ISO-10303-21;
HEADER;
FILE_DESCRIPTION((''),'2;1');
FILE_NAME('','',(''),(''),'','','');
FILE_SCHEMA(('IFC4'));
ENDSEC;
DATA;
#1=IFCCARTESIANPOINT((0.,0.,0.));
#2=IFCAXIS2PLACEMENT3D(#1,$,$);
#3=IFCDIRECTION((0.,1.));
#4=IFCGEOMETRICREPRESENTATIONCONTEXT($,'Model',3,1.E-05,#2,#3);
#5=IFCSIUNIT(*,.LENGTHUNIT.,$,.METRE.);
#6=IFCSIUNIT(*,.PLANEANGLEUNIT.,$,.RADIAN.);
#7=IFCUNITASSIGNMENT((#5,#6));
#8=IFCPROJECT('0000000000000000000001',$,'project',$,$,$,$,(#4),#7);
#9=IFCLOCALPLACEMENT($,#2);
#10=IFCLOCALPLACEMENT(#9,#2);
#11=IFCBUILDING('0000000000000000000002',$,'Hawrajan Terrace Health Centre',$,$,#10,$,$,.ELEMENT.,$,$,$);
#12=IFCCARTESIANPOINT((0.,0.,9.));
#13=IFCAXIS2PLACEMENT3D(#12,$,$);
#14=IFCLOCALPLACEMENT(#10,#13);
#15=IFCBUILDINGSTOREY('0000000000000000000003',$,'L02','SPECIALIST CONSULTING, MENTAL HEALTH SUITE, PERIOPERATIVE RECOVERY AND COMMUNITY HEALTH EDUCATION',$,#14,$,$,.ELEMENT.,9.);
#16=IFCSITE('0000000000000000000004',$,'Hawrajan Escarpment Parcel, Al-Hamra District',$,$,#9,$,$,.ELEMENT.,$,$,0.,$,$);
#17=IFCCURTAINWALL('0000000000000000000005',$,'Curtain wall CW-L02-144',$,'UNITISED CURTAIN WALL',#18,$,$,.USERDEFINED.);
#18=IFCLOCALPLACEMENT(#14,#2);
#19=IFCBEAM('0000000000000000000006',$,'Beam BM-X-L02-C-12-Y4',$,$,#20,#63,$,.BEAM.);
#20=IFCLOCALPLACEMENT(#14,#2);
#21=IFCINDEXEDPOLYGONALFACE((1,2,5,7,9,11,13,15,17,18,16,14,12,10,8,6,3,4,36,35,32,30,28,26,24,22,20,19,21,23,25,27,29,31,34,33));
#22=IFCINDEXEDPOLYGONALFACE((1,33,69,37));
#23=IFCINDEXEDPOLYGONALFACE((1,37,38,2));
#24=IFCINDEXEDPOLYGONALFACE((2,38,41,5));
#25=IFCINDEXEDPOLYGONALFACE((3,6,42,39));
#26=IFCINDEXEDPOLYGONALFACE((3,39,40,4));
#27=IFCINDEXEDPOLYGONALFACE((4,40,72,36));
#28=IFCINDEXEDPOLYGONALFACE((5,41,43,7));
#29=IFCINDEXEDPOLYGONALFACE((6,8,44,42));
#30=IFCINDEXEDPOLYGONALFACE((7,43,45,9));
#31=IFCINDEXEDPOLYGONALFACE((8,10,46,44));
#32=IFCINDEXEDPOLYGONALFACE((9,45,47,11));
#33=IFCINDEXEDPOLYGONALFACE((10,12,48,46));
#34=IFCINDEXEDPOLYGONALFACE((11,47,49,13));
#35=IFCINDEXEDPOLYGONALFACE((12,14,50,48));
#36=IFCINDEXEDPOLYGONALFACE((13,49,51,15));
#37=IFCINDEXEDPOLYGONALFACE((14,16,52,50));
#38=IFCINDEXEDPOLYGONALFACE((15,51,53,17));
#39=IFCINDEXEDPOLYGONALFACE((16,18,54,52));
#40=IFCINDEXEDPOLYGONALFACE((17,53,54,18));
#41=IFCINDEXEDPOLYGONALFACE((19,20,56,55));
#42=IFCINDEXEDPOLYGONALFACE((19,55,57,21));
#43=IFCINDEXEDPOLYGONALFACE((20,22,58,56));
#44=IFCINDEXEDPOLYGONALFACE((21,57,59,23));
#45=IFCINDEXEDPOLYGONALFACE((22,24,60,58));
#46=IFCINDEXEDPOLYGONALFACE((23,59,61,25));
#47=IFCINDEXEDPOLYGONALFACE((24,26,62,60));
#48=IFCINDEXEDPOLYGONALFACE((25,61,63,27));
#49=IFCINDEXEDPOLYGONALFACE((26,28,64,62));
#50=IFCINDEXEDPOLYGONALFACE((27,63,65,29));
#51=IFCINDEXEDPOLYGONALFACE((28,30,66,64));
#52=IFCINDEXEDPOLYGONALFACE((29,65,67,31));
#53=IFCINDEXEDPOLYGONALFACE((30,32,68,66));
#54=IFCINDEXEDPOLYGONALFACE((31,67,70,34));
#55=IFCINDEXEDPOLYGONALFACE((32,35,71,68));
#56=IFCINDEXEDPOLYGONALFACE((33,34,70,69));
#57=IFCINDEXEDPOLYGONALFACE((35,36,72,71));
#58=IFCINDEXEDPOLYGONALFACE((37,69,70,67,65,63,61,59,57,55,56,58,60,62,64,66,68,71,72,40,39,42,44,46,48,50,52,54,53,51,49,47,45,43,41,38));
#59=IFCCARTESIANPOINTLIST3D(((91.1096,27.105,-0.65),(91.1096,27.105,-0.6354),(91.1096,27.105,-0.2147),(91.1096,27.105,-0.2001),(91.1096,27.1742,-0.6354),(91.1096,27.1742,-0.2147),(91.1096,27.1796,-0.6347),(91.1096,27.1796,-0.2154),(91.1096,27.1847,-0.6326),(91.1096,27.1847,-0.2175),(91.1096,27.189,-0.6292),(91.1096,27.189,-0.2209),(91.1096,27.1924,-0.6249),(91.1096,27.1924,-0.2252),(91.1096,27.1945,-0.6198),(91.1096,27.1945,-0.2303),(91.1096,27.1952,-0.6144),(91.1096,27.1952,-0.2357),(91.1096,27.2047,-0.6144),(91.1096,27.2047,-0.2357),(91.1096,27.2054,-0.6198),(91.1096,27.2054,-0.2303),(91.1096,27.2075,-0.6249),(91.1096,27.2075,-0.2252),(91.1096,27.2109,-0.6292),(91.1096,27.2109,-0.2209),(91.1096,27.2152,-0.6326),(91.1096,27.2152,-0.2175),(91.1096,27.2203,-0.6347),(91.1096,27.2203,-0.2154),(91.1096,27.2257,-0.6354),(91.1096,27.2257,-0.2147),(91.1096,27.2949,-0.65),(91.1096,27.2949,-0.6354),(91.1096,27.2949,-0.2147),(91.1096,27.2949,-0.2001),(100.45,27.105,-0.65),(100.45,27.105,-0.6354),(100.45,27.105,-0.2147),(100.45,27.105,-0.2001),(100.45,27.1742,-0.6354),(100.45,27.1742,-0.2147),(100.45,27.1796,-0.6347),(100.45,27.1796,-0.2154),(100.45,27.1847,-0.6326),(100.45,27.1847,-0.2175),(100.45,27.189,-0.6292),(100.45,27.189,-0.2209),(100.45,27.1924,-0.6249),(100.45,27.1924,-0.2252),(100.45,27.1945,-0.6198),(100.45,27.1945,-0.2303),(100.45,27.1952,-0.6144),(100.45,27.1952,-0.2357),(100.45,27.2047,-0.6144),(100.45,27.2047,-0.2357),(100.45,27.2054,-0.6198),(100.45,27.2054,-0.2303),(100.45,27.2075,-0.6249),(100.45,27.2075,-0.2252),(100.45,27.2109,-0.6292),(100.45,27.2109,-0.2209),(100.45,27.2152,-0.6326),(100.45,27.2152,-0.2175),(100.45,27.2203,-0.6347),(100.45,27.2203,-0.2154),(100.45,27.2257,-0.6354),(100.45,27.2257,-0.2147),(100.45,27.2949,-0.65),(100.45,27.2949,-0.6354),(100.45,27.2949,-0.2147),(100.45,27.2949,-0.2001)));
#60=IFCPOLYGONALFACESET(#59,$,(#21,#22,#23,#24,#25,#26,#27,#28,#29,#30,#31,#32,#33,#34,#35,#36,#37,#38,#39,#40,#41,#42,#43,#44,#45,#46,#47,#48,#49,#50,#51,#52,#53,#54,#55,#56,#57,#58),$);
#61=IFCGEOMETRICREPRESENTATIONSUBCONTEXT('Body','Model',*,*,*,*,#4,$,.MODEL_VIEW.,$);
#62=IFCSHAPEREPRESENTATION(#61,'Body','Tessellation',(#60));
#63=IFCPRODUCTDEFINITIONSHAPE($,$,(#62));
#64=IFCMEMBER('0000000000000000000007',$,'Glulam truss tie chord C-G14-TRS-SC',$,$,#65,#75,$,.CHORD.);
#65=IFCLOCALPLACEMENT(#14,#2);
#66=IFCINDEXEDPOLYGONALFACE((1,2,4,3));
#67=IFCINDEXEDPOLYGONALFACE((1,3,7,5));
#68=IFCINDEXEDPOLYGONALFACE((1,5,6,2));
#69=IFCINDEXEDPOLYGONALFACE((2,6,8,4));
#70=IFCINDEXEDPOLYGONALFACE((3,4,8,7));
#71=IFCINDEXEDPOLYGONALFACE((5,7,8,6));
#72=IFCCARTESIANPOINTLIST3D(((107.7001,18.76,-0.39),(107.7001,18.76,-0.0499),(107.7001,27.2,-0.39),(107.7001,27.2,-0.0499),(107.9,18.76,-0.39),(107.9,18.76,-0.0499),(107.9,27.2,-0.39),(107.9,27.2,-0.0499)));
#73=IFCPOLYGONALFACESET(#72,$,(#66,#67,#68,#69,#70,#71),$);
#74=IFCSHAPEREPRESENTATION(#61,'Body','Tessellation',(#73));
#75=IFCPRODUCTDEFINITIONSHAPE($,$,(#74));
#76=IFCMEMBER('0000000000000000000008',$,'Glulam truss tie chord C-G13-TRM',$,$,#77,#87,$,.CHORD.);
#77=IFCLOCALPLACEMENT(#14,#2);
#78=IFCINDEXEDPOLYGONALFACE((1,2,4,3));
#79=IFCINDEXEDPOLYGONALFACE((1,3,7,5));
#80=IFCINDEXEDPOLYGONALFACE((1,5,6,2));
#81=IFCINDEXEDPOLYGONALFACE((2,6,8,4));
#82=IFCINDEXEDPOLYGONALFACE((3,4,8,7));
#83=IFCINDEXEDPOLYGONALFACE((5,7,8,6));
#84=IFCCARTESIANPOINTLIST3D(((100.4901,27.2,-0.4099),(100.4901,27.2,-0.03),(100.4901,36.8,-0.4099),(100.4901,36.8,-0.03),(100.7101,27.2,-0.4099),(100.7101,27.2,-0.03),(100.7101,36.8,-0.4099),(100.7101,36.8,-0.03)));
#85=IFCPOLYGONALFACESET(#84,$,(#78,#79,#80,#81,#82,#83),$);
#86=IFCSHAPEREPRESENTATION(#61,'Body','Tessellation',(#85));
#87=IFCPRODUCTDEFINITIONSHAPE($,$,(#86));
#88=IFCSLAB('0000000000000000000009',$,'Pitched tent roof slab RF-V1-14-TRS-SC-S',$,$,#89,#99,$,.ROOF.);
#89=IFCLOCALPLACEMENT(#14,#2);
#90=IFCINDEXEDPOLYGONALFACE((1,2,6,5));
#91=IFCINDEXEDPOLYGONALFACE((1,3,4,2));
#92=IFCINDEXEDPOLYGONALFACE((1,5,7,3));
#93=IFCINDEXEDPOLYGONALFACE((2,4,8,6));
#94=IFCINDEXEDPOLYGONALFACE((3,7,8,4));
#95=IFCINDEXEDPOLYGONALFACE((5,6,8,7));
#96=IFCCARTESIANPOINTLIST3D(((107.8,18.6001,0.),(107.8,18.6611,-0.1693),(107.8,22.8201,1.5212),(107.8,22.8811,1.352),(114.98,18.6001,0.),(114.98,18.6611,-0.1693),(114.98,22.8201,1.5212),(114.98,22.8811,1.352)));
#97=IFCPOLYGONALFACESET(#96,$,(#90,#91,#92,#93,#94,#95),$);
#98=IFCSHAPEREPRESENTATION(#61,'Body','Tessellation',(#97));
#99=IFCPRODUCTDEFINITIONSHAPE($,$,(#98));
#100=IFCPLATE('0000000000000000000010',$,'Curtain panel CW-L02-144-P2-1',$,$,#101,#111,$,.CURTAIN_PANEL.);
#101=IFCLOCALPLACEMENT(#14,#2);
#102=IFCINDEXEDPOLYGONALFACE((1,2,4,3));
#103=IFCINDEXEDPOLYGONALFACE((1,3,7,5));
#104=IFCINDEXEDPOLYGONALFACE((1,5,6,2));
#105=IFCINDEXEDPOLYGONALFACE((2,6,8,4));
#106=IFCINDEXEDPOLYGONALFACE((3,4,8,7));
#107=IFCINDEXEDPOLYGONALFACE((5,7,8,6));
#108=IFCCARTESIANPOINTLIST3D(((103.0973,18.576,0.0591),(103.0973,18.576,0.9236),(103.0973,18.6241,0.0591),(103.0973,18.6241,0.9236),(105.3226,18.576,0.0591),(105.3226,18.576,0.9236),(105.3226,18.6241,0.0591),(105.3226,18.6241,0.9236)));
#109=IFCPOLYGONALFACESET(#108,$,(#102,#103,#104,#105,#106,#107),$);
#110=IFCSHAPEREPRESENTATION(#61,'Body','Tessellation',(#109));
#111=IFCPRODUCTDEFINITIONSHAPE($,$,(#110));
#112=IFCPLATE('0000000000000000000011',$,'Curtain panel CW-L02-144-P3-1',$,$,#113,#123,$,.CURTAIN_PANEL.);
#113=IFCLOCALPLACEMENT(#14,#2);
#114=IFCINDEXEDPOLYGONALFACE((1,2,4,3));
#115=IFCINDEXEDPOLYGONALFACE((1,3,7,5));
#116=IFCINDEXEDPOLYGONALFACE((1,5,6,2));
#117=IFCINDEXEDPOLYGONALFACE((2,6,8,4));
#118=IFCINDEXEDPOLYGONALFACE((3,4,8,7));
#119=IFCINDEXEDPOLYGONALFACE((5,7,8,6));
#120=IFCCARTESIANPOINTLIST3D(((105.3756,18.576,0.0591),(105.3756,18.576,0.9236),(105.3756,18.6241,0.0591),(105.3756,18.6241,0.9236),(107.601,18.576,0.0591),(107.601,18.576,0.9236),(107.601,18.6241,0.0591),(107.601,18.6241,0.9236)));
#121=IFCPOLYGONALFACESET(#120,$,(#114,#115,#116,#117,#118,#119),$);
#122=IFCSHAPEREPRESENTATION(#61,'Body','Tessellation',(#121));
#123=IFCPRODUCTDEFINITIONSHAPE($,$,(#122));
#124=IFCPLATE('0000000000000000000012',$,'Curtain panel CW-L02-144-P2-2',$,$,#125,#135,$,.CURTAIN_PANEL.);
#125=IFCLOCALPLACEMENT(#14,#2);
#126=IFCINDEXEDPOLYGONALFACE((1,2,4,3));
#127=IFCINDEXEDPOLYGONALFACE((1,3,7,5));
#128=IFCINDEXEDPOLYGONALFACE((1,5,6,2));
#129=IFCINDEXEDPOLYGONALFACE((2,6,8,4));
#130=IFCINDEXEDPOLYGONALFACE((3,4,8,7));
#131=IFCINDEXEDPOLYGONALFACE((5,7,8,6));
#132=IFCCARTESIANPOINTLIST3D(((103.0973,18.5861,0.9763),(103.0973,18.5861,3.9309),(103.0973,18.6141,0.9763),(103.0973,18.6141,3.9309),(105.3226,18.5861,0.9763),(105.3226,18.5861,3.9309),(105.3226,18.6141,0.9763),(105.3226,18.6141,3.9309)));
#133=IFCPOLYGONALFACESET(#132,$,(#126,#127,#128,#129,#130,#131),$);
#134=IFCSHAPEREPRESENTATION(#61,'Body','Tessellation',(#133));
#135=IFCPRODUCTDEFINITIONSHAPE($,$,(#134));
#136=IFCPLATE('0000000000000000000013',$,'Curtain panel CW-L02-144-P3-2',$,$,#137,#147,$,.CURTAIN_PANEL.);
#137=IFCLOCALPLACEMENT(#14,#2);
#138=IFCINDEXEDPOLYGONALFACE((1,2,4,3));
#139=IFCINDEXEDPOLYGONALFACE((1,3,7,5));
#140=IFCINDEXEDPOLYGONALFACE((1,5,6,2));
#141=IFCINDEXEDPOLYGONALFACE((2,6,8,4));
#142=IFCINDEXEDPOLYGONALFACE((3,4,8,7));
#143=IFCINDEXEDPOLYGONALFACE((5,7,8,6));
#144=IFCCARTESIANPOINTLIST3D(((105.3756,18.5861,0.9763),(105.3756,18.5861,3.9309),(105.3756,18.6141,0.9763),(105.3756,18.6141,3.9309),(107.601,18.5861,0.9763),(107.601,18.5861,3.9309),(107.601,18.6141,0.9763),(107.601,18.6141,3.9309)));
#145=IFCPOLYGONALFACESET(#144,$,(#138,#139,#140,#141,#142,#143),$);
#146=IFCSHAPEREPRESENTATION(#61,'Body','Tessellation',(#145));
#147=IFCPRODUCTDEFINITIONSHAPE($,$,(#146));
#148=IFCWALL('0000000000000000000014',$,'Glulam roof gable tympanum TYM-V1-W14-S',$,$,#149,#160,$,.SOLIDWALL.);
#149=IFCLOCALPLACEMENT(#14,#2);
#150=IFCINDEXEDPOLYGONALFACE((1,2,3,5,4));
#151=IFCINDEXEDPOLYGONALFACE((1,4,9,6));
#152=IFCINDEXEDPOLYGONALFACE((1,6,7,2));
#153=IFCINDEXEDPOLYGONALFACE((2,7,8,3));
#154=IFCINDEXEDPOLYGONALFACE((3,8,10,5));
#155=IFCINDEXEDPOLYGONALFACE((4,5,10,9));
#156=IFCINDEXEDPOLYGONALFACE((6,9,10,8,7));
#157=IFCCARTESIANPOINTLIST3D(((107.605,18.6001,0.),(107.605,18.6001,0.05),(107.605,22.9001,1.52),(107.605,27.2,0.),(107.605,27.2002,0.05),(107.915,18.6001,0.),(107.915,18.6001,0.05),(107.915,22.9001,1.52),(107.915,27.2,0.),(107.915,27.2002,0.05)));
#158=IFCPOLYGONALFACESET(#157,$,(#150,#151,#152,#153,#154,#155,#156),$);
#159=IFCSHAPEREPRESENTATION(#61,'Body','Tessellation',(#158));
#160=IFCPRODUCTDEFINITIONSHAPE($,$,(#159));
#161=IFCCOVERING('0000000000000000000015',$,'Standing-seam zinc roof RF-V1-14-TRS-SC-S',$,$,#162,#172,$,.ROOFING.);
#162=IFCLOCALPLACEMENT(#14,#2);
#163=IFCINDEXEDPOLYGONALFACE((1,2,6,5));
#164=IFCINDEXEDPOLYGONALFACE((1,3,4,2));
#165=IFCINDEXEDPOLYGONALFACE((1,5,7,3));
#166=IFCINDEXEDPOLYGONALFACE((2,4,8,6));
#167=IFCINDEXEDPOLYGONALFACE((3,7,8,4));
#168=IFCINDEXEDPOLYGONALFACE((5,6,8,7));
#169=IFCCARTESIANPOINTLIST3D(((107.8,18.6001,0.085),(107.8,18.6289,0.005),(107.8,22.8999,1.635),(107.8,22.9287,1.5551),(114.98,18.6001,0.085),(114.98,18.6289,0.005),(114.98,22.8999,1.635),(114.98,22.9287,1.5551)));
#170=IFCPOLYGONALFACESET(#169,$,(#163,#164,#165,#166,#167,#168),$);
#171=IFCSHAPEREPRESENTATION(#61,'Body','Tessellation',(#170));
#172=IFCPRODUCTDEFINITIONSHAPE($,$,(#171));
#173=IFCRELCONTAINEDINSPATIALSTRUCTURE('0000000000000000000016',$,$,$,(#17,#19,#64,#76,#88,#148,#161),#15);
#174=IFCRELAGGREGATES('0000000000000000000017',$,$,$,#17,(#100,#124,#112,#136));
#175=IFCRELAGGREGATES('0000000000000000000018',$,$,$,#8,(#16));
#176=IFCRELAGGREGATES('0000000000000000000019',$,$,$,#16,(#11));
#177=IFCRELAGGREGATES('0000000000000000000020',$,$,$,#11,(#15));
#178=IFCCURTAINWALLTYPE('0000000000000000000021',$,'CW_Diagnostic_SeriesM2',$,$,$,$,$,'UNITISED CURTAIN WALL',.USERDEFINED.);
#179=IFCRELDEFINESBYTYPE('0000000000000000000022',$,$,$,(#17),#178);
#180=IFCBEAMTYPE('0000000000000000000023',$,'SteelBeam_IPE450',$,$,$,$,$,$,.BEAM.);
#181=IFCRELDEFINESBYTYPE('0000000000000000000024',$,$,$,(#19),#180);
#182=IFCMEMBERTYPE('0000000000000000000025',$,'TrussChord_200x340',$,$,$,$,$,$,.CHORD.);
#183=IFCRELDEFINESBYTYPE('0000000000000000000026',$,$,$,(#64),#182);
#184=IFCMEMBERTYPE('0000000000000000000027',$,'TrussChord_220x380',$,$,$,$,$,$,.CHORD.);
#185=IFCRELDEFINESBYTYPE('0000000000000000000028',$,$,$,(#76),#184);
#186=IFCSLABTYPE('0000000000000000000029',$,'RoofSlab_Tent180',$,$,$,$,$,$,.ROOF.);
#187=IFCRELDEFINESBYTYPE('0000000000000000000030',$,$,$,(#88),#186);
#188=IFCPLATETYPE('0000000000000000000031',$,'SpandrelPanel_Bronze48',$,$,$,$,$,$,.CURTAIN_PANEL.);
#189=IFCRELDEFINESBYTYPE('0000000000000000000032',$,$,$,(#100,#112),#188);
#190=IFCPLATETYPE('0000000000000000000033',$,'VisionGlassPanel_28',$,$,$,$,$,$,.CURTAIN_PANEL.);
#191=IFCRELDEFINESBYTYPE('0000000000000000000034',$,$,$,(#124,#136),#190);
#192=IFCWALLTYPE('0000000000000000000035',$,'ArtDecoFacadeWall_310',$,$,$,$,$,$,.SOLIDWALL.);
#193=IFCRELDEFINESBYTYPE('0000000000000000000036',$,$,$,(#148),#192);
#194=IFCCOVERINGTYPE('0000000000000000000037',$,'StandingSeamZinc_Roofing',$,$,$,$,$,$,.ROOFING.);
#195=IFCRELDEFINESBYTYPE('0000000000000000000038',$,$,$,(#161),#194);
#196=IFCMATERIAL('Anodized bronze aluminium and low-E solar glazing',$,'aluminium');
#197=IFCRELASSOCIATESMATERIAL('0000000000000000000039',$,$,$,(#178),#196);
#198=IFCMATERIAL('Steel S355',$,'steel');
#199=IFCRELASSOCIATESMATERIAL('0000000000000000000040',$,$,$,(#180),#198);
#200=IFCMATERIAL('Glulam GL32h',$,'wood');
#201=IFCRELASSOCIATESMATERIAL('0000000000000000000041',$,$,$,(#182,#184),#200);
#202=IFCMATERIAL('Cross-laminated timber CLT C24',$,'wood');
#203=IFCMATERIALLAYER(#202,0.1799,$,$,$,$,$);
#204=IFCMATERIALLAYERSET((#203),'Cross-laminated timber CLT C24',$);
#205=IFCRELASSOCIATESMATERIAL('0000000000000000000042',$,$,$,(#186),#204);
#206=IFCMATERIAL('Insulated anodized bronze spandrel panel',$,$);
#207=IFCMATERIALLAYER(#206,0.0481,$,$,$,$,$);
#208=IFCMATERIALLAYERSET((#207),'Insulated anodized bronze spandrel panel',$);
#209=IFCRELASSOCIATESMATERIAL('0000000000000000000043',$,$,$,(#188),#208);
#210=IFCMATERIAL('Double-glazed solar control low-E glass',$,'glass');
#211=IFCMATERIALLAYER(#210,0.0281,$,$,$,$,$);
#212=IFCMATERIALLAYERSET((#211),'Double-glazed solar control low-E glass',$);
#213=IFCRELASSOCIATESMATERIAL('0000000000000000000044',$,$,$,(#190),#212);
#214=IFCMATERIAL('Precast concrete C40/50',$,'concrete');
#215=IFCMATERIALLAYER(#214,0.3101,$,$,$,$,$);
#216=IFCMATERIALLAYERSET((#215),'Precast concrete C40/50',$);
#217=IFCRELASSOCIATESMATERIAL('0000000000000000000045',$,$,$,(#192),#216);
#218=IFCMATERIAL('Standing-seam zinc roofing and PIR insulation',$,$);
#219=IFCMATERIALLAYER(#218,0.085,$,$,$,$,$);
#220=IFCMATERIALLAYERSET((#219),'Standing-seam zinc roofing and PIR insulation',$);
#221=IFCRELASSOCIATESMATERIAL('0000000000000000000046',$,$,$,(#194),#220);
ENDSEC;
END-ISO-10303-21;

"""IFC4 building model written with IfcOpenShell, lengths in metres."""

from ifc_helpers import new_model, si_unit, direction, frame, origin, origin_2d, place, context, subcontext, project, spatial, polyline, rectangle, i_section, outline, extrude, material, layer, layer_set, material_profile, profile_set, type_object, element, aggregate, save


model = new_model("IFC4")

# Units and contexts
model_context = context("Model", 3, precision=1e-05, world=origin(), true_north=direction((0.0, 1.0)))
body_context = subcontext(model_context, "Body", "Model", "MODEL_VIEW")
ifc_project = project(units=[si_unit("LENGTHUNIT", "METRE"), si_unit("PLANEANGLEUNIT", "RADIAN")], contexts=[model_context])

# Site, building, storey
site_placement = place(None, origin())
site = spatial("IfcSite", under=ifc_project, at=site_placement, Name="Hawrajan Escarpment Parcel, Al-Hamra District", CompositionType="ELEMENT", RefElevation=0.0)
building_placement = place(site_placement, origin())
building = spatial("IfcBuilding", under=site, at=building_placement, Name="Hawrajan Terrace Health Centre", CompositionType="ELEMENT")
storey_placement = place(building_placement, frame((0.0, 0.0, 9.0)))
storey = spatial("IfcBuildingStorey", under=building, at=storey_placement, Name="L02", Description="SPECIALIST CONSULTING, MENTAL HEALTH SUITE, PERIOPERATIVE RECOVERY AND COMMUNITY HEALTH EDUCATION", CompositionType="ELEMENT", Elevation=9.0)

# Shared definitions
ifc_material_1 = material(Name="Glulam GL32h", Category="wood")

# Curtain wall
ifc_material_2 = material(Name="Anodized bronze aluminium and low-E solar glazing", Category="aluminium")
curtain_wall_type = type_object("IfcCurtainWallType", Name="CW_Diagnostic_SeriesM2", ElementType="UNITISED CURTAIN WALL", PredefinedType="USERDEFINED", material=ifc_material_2)
curtain_wall_placement = place(storey_placement, origin())
curtain_wall = element("IfcCurtainWall", 1, at=curtain_wall_placement, inside=storey, type_object=curtain_wall_type, Name="Curtain wall CW-L02-144", ObjectType="UNITISED CURTAIN WALL", PredefinedType="USERDEFINED")

# Beam
ifc_material_3 = material(Name="Steel S355", Category="steel")
ifc_material_profile_1 = material_profile(ifc_material_3, i_section(OverallWidth=0.1899, OverallDepth=0.45, WebThickness=0.0095, FlangeThickness=0.0146, FilletRadius=0.021, at=origin_2d()), Name="IPE 450")
ifc_profile_set_1 = profile_set([ifc_material_profile_1], Name="Steel S355")
beam_type = type_object("IfcBeamType", Name="SteelBeam_IPE450", PredefinedType="BEAM", material=ifc_profile_set_1)
beam_placement = place(storey_placement, frame((91.1096, 27.2, -0.425), z_axis=(1.0, 0.0, 0.0), x_axis=(0.0, 1.0, 0.0)))
element("IfcBeam", 2, at=beam_placement, inside=storey, type_object=beam_type, Name="Beam BM-X-L02-C-12-Y4", PredefinedType="BEAM", context=body_context, shape_type="SweptSolid", body=[
    extrude(i_section(OverallWidth=0.1899, OverallDepth=0.45, WebThickness=0.0095, FlangeThickness=0.0146, FilletRadius=0.021, at=origin_2d()), origin(), (0.0, 0.0, 1.0), 9.3403),
])

# Members
ifc_material_profile_2 = material_profile(ifc_material_1, rectangle(XDim=0.2, YDim=0.3401, at=origin_2d()), Name="GL CHD 200x340")
ifc_profile_set_2 = profile_set([ifc_material_profile_2], Name="Glulam GL32h")
member_type_1 = type_object("IfcMemberType", Name="TrussChord_200x340", PredefinedType="CHORD", material=ifc_profile_set_2)
member_1_placement = place(storey_placement, frame((107.8, 18.76, -0.22), z_axis=(0.0, 1.0, 0.0), x_axis=(-1.0, 0.0, 0.0)))
element("IfcMember", 3, at=member_1_placement, inside=storey, type_object=member_type_1, Name="Glulam truss tie chord C-G14-TRS-SC", PredefinedType="CHORD", context=body_context, shape_type="SweptSolid", body=[
    extrude(rectangle(XDim=0.2, YDim=0.3401, at=origin_2d()), origin(), (0.0, 0.0, 1.0), 8.4399),
])
ifc_material_profile_3 = material_profile(ifc_material_1, rectangle(XDim=0.22, YDim=0.3799, at=origin_2d()), Name="GL CHD 220x380")
ifc_profile_set_3 = profile_set([ifc_material_profile_3], Name="Glulam GL32h")
member_type_2 = type_object("IfcMemberType", Name="TrussChord_220x380", PredefinedType="CHORD", material=ifc_profile_set_3)
member_2_placement = place(storey_placement, frame((100.6001, 27.2, -0.22), z_axis=(0.0, 1.0, 0.0), x_axis=(-1.0, 0.0, 0.0)))
element("IfcMember", 4, at=member_2_placement, inside=storey, type_object=member_type_2, Name="Glulam truss tie chord C-G13-TRM", PredefinedType="CHORD", context=body_context, shape_type="SweptSolid", body=[
    extrude(rectangle(XDim=0.22, YDim=0.3799, at=origin_2d()), origin(), (0.0, 0.0, 1.0), 9.6001),
])

# Slab
ifc_material_4 = material(Name="Cross-laminated timber CLT C24", Category="wood")
ifc_layer_1 = layer(ifc_material_4, 0.1799)
ifc_layer_set_1 = layer_set([ifc_layer_1], Name="Cross-laminated timber CLT C24")
slab_type = type_object("IfcSlabType", Name="RoofSlab_Tent180", PredefinedType="ROOF", material=ifc_layer_set_1)
slab_placement = place(storey_placement, frame((107.8, 18.6001, 0.0), z_axis=(0.0, -0.339124, 0.940742), x_axis=(1.0, 0.0, 0.0)))
element("IfcSlab", 5, at=slab_placement, inside=storey, type_object=slab_type, Name="Pitched tent roof slab RF-V1-14-TRS-SC-S", PredefinedType="ROOF", context=body_context, shape_type="SweptSolid", body=[
    extrude(outline(polyline([(0.0, 0.0), (7.1799, 0.0), (7.1799, 4.4858), (0.0, 4.4858), (0.0, 0.0)])), origin(), (0.0, 0.0, -1.0), 0.1799),
])

# Plates
ifc_material_5 = material(Name="Insulated anodized bronze spandrel panel")
ifc_layer_2 = layer(ifc_material_5, 0.0481)
ifc_layer_set_2 = layer_set([ifc_layer_2], Name="Insulated anodized bronze spandrel panel")
plate_type_1 = type_object("IfcPlateType", Name="SpandrelPanel_Bronze48", PredefinedType="CURTAIN_PANEL", material=ifc_layer_set_2)
plate_1_placement = place(storey_placement, frame((104.21, 18.6001, 0.0591), z_axis=(0.0, 0.0, 1.0), x_axis=(1.0, 0.0, 0.0)))
plate_1 = element("IfcPlate", 6, at=plate_1_placement, type_object=plate_type_1, Name="Curtain panel CW-L02-144-P2-1", PredefinedType="CURTAIN_PANEL", context=body_context, shape_type="SweptSolid", body=[
    extrude(rectangle(XDim=2.2253, YDim=0.0481, at=origin_2d()), origin(), (0.0, 0.0, 1.0), 0.8645),
])
plate_2_placement = place(storey_placement, frame((106.4883, 18.6001, 0.0591), z_axis=(0.0, 0.0, 1.0), x_axis=(1.0, 0.0, 0.0)))
plate_2 = element("IfcPlate", 7, at=plate_2_placement, type_object=plate_type_1, Name="Curtain panel CW-L02-144-P3-1", PredefinedType="CURTAIN_PANEL", context=body_context, shape_type="SweptSolid", body=[
    extrude(rectangle(XDim=2.2253, YDim=0.0481, at=origin_2d()), origin(), (0.0, 0.0, 1.0), 0.8645),
])
ifc_material_6 = material(Name="Double-glazed solar control low-E glass", Category="glass")
ifc_layer_3 = layer(ifc_material_6, 0.0281)
ifc_layer_set_3 = layer_set([ifc_layer_3], Name="Double-glazed solar control low-E glass")
plate_type_2 = type_object("IfcPlateType", Name="VisionGlassPanel_28", PredefinedType="CURTAIN_PANEL", material=ifc_layer_set_3)
plate_3_placement = place(storey_placement, frame((104.21, 18.6001, 0.9763), z_axis=(0.0, 0.0, 1.0), x_axis=(1.0, 0.0, 0.0)))
plate_3 = element("IfcPlate", 8, at=plate_3_placement, type_object=plate_type_2, Name="Curtain panel CW-L02-144-P2-2", PredefinedType="CURTAIN_PANEL", context=body_context, shape_type="SweptSolid", body=[
    extrude(rectangle(XDim=2.2253, YDim=0.0281, at=origin_2d()), origin(), (0.0, 0.0, 1.0), 2.9546),
])
plate_4_placement = place(storey_placement, frame((106.4883, 18.6001, 0.9763), z_axis=(0.0, 0.0, 1.0), x_axis=(1.0, 0.0, 0.0)))
plate_4 = element("IfcPlate", 9, at=plate_4_placement, type_object=plate_type_2, Name="Curtain panel CW-L02-144-P3-2", PredefinedType="CURTAIN_PANEL", context=body_context, shape_type="SweptSolid", body=[
    extrude(rectangle(XDim=2.2253, YDim=0.0281, at=origin_2d()), origin(), (0.0, 0.0, 1.0), 2.9546),
])
aggregate(curtain_wall, [plate_1, plate_3, plate_2, plate_4])

# Wall
ifc_material_7 = material(Name="Precast concrete C40/50", Category="concrete")
ifc_layer_4 = layer(ifc_material_7, 0.3101)
ifc_layer_set_4 = layer_set([ifc_layer_4], Name="Precast concrete C40/50")
wall_type = type_object("IfcWallType", Name="ArtDecoFacadeWall_310", PredefinedType="SOLIDWALL", material=ifc_layer_set_4)
wall_placement = place(storey_placement, frame((107.76, 18.6001, 0.0), z_axis=(0.0, 0.0, 1.0), x_axis=(0.0, 1.0, 0.0)))
element("IfcWall", 10, at=wall_placement, inside=storey, type_object=wall_type, Name="Glulam roof gable tympanum TYM-V1-W14-S", PredefinedType="SOLIDWALL", context=body_context, shape_type="SweptSolid", body=[
    extrude(outline(polyline([(0.0, 0.0), (8.5999, 0.0), (8.6001, 0.05), (4.3, 1.52), (0.0, 0.05), (0.0, 0.0)])), frame((0.0, 0.155, 0.0), z_axis=(0.0, -1.0, 0.0), x_axis=(1.0, 0.0, 0.0)), (0.0, 0.0, 1.0), 0.3101),
])

# Covering
ifc_material_8 = material(Name="Standing-seam zinc roofing and PIR insulation")
ifc_layer_5 = layer(ifc_material_8, 0.085)
ifc_layer_set_5 = layer_set([ifc_layer_5], Name="Standing-seam zinc roofing and PIR insulation")
covering_type = type_object("IfcCoveringType", Name="StandingSeamZinc_Roofing", PredefinedType="ROOFING", material=ifc_layer_set_5)
covering_placement = place(storey_placement, frame((107.8, 18.6001, 0.085), z_axis=(0.0, -0.33913, 0.94074), x_axis=(1.0, 0.0, 0.0)))
element("IfcCovering", 11, at=covering_placement, inside=storey, type_object=covering_type, Name="Standing-seam zinc roof RF-V1-14-TRS-SC-S", PredefinedType="ROOFING", context=body_context, shape_type="SweptSolid", body=[
    extrude(outline(polyline([(0.0, 0.0), (7.1799, 0.0), (7.1799, 4.5707), (0.0, 4.5707), (0.0, 0.0)])), origin(), (0.0, 0.0, -1.0), 0.085),
])

save(model, "model.ifc")
